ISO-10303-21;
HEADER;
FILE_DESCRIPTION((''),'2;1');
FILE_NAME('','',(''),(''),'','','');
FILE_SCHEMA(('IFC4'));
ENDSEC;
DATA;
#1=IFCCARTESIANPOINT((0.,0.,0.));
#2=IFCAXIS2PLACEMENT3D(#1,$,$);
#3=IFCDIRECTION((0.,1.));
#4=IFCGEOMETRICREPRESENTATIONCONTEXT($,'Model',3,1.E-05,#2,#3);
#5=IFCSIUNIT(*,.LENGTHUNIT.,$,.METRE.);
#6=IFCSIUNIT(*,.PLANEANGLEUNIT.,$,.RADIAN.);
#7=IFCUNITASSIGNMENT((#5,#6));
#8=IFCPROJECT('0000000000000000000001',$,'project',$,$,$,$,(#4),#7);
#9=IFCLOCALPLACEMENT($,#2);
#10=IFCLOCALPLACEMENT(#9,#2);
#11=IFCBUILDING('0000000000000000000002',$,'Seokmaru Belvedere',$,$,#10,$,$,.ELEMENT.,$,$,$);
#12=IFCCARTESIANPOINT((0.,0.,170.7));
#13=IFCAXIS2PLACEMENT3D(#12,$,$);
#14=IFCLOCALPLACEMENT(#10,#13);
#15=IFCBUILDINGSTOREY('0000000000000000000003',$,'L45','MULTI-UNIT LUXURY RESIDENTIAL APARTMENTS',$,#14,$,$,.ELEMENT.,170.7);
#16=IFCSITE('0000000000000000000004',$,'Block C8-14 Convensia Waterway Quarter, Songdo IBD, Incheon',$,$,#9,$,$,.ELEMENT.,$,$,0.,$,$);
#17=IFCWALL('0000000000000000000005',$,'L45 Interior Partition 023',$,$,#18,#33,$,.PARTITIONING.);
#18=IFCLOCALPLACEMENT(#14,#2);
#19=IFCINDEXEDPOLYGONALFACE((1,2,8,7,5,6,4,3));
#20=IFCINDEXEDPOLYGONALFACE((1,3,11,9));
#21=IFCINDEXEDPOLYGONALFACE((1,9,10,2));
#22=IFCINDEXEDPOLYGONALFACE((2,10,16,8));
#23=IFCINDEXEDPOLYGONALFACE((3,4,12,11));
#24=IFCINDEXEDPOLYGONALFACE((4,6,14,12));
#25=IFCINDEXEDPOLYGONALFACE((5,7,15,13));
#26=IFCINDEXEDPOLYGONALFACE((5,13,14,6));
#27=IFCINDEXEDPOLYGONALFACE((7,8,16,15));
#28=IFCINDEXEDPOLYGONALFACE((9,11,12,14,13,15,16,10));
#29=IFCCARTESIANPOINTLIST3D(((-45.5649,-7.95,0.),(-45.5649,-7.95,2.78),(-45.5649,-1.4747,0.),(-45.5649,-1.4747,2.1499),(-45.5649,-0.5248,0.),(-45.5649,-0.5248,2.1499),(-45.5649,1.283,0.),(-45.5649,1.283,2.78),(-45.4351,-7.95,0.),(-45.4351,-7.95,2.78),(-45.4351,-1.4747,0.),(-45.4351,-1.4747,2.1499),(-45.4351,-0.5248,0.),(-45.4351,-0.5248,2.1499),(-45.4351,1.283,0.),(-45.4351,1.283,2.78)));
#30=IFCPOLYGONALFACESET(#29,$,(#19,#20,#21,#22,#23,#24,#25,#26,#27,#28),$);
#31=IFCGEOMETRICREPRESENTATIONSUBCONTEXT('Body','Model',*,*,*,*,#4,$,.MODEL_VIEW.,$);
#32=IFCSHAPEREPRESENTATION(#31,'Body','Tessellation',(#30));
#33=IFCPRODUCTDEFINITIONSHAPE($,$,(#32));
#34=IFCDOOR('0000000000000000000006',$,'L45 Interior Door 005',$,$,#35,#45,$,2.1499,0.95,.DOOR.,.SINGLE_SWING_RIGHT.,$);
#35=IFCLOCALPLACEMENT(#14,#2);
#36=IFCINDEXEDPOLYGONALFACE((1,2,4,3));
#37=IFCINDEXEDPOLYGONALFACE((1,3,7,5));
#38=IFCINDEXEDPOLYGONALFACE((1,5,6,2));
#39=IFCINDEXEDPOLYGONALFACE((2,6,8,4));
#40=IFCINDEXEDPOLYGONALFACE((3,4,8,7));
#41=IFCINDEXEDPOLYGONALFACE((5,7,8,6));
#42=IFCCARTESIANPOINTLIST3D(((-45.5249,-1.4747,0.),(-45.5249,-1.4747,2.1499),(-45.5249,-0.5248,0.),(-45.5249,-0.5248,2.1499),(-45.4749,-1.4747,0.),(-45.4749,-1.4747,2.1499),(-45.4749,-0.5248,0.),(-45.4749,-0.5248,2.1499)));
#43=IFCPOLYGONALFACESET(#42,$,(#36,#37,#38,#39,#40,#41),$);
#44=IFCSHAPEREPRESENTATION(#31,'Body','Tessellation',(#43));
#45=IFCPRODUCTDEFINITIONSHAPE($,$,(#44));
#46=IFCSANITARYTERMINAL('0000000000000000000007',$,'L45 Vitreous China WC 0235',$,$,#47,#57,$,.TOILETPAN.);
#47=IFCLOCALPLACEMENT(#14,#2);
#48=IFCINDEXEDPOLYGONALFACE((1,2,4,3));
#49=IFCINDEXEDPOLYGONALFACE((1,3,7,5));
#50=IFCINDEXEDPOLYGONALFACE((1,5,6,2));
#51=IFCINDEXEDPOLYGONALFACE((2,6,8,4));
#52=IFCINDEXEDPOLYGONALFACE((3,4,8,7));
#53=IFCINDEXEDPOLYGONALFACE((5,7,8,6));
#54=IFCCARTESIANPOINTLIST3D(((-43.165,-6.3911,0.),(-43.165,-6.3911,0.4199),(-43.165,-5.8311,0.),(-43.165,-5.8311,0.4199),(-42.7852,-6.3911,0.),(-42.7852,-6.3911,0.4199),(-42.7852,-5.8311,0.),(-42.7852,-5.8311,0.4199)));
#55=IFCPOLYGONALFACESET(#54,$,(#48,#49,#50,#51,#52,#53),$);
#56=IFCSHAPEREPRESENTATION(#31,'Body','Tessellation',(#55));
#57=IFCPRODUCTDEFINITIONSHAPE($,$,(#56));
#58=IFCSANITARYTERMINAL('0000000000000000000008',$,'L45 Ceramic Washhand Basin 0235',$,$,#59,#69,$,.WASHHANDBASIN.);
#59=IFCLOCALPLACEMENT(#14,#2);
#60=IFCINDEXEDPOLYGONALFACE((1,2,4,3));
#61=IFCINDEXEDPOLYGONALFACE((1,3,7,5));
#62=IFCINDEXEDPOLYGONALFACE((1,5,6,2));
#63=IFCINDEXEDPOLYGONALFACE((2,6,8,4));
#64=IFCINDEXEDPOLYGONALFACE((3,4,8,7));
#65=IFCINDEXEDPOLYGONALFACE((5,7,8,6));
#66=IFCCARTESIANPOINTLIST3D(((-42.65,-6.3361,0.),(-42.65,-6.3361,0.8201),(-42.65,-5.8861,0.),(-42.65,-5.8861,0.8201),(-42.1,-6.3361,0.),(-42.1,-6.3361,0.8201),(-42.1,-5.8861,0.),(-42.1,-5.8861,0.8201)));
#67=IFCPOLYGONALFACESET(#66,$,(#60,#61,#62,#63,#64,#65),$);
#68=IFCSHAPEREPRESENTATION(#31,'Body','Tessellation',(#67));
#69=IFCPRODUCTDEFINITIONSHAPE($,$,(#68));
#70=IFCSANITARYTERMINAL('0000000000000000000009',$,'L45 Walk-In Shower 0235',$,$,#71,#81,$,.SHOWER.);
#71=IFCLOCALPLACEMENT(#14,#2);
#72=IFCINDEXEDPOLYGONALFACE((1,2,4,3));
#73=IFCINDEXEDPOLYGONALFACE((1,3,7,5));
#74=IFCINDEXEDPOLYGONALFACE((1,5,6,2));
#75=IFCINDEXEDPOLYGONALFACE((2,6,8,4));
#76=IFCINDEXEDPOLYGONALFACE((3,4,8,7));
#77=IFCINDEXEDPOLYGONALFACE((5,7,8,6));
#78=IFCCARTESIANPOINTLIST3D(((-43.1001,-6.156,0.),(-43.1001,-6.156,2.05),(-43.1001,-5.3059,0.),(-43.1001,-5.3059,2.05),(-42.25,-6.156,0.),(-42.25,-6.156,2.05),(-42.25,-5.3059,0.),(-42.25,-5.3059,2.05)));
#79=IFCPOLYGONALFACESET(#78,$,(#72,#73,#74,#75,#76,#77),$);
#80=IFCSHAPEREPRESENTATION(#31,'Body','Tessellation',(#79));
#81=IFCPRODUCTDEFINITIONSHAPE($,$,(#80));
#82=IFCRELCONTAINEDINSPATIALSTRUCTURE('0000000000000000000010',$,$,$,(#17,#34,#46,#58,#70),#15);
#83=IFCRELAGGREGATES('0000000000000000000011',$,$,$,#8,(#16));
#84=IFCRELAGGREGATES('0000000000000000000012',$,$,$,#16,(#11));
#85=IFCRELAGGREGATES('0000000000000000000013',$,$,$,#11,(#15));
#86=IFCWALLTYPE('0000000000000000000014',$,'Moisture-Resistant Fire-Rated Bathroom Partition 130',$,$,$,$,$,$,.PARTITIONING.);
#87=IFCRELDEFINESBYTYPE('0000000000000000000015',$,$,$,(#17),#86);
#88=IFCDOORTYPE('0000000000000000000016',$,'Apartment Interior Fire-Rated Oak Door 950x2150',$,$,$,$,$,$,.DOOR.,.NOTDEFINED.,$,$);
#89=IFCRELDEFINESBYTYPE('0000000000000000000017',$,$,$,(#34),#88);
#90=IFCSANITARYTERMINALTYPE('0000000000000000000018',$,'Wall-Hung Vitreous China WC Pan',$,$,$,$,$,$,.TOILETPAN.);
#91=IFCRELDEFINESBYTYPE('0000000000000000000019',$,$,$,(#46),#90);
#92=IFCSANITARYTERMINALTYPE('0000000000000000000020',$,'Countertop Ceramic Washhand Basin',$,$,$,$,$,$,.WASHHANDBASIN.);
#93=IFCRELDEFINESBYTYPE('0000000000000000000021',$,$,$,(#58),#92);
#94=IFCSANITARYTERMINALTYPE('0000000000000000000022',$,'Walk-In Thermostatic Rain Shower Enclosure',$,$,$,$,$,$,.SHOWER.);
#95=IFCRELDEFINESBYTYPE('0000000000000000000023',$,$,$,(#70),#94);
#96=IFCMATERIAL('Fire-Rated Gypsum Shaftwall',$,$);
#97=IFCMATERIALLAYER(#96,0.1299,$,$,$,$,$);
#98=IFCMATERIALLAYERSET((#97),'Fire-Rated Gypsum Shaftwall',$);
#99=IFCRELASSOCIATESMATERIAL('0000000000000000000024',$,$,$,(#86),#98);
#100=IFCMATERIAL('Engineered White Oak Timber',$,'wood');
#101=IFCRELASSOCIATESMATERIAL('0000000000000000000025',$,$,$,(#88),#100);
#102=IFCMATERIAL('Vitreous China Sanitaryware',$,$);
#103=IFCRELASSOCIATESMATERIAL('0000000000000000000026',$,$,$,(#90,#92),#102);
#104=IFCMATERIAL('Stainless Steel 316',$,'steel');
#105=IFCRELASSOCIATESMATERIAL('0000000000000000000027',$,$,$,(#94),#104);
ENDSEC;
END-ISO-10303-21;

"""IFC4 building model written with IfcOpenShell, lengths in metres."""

from ifc_helpers import new_model, si_unit, direction, frame, frame_2d, origin, origin_2d, place, context, subcontext, project, spatial, rectangle, extrude, source, transform, mapped, material, layer, layer_set, type_object, type_shapes, element, fill, save


model = new_model("IFC4")

# Units and contexts
model_context = context("Model", 3, precision=1e-05, world=origin(), true_north=direction((0.0, 1.0)))
body_context = subcontext(model_context, "Body", "Model", "MODEL_VIEW")
ifc_project = project(units=[si_unit("LENGTHUNIT", "METRE"), si_unit("PLANEANGLEUNIT", "RADIAN")], contexts=[model_context])

# Site, building, storey
site_placement = place(None, origin())
site = spatial("IfcSite", under=ifc_project, at=site_placement, Name="Block C8-14 Convensia Waterway Quarter, Songdo IBD, Incheon", CompositionType="ELEMENT", RefElevation=0.0)
building_placement = place(site_placement, origin())
building = spatial("IfcBuilding", under=site, at=building_placement, Name="Seokmaru Belvedere", CompositionType="ELEMENT")
storey_placement = place(building_placement, frame((0.0, 0.0, 170.7)))
storey = spatial("IfcBuildingStorey", under=building, at=storey_placement, Name="L45", Description="MULTI-UNIT LUXURY RESIDENTIAL APARTMENTS", CompositionType="ELEMENT", Elevation=170.7)

# Shared definitions
ifc_material_1 = material(Name="Fire-Rated Gypsum Shaftwall")

# Wall, opening, door
ifc_layer_1 = layer(ifc_material_1, 0.1299)
ifc_layer_set_1 = layer_set([ifc_layer_1], Name="Fire-Rated Gypsum Shaftwall")
wall_type_1 = type_object("IfcWallType", Name="Moisture-Resistant Fire-Rated Bathroom Partition 130", PredefinedType="PARTITIONING", material=ifc_layer_set_1)
ifc_material_2 = material(Name="Engineered White Oak Timber", Category="wood")
wall_1_placement = place(storey_placement, frame((-45.5, -7.95, 0.0), z_axis=(0.0, 0.0, 1.0), x_axis=(0.0, 1.0, 0.0)))
wall_1 = element("IfcWall", 1, at=wall_1_placement, inside=storey, type_object=wall_type_1, Name="L45 Interior Partition 023", PredefinedType="PARTITIONING", context=body_context, shape_type="SweptSolid", body=[
    extrude(rectangle(XDim=9.2329, YDim=0.1299, at=frame_2d((4.6165, 0.0))), origin(), (0.0, 0.0, 1.0), 2.78),
])
opening_1_placement = place(wall_1_placement, frame((6.4751, 0.0, 0.0)))
opening_1 = element("IfcOpeningElement", 2, at=opening_1_placement, cuts=wall_1, PredefinedType="OPENING", context=body_context, shape_type="SweptSolid", body=[
    extrude(rectangle(XDim=0.95, YDim=2.1499, at=frame_2d((0.4751, 1.075))), frame((0.0, 0.075, 0.0), z_axis=(0.0, -1.0, 0.0), x_axis=(1.0, 0.0, 0.0)), (0.0, 0.0, 1.0), 0.1499),
])
door_type_1 = type_object("IfcDoorType", Name="Apartment Interior Fire-Rated Oak Door 950x2150", OperationType="NOTDEFINED", PredefinedType="DOOR", material=ifc_material_2)
shared_shape_1 = source(origin(), body_context, "Body", "SweptSolid", [
    extrude(rectangle(XDim=0.95, YDim=2.1499, at=frame_2d((0.4751, 1.075))), frame((0.0, 0.0249, 0.0), z_axis=(0.0, -1.0, 0.0), x_axis=(1.0, 0.0, 0.0)), (0.0, 0.0, 1.0), 0.05),
])
type_shapes(door_type_1, [shared_shape_1])
door_1_placement = place(opening_1_placement, origin())
door_1 = element("IfcDoor", 3, at=door_1_placement, inside=storey, type_object=door_type_1, Name="L45 Interior Door 005", OperationType="SINGLE_SWING_RIGHT", OverallHeight=2.1499, OverallWidth=0.95, PredefinedType="DOOR", context=body_context, shape_type="MappedRepresentation", body=[
    mapped(shared_shape_1, transform((0.0, 0.0, 0.0), scale=1.0)),
])
fill(opening_1, door_1)

# Sanitary terminals
ifc_material_3 = material(Name="Vitreous China Sanitaryware")
sanitary_terminal_type_1 = type_object("IfcSanitaryTerminalType", Name="Wall-Hung Vitreous China WC Pan", PredefinedType="TOILETPAN", material=ifc_material_3)
shared_shape_2 = source(origin(), body_context, "Body", "SweptSolid", [
    extrude(rectangle(XDim=0.3799, YDim=0.5601, at=origin_2d()), origin(), (0.0, 0.0, 1.0), 0.4199),
])
type_shapes(sanitary_terminal_type_1, [shared_shape_2])
sanitary_terminal_1_placement = place(storey_placement, frame((-42.9751, -6.1111, 0.0), z_axis=(0.0, 0.0, 1.0), x_axis=(1.0, 0.0, 0.0)))
element("IfcSanitaryTerminal", 4, at=sanitary_terminal_1_placement, inside=storey, type_object=sanitary_terminal_type_1, Name="L45 Vitreous China WC 0235", PredefinedType="TOILETPAN", context=body_context, shape_type="MappedRepresentation", body=[
    mapped(shared_shape_2, transform((0.0, 0.0, 0.0), scale=1.0)),
])
sanitary_terminal_type_2 = type_object("IfcSanitaryTerminalType", Name="Countertop Ceramic Washhand Basin", PredefinedType="WASHHANDBASIN", material=ifc_material_3)
shared_shape_3 = source(origin(), body_context, "Body", "SweptSolid", [
    extrude(rectangle(XDim=0.55, YDim=0.45, at=origin_2d()), origin(), (0.0, 0.0, 1.0), 0.8201),
])
type_shapes(sanitary_terminal_type_2, [shared_shape_3])
sanitary_terminal_2_placement = place(storey_placement, frame((-42.375, -6.1111, 0.0), z_axis=(0.0, 0.0, 1.0), x_axis=(1.0, 0.0, 0.0)))
element("IfcSanitaryTerminal", 5, at=sanitary_terminal_2_placement, inside=storey, type_object=sanitary_terminal_type_2, Name="L45 Ceramic Washhand Basin 0235", PredefinedType="WASHHANDBASIN", context=body_context, shape_type="MappedRepresentation", body=[
    mapped(shared_shape_3, transform((0.0, 0.0, 0.0), scale=1.0)),
])
ifc_material_4 = material(Name="Stainless Steel 316", Category="steel")
sanitary_terminal_type_3 = type_object("IfcSanitaryTerminalType", Name="Walk-In Thermostatic Rain Shower Enclosure", PredefinedType="SHOWER", material=ifc_material_4)
shared_shape_4 = source(origin(), body_context, "Body", "SweptSolid", [
    extrude(rectangle(XDim=0.8501, YDim=0.8501, at=origin_2d()), origin(), (0.0, 0.0, 1.0), 2.05),
])
type_shapes(sanitary_terminal_type_3, [shared_shape_4])
sanitary_terminal_3_placement = place(storey_placement, frame((-42.675, -5.731, 0.0), z_axis=(0.0, 0.0, 1.0), x_axis=(1.0, 0.0, 0.0)))
element("IfcSanitaryTerminal", 6, at=sanitary_terminal_3_placement, inside=storey, type_object=sanitary_terminal_type_3, Name="L45 Walk-In Shower 0235", PredefinedType="SHOWER", context=body_context, shape_type="MappedRepresentation", body=[
    mapped(shared_shape_4, transform((0.0, 0.0, 0.0), scale=1.0)),
])

save(model, "model.ifc")
